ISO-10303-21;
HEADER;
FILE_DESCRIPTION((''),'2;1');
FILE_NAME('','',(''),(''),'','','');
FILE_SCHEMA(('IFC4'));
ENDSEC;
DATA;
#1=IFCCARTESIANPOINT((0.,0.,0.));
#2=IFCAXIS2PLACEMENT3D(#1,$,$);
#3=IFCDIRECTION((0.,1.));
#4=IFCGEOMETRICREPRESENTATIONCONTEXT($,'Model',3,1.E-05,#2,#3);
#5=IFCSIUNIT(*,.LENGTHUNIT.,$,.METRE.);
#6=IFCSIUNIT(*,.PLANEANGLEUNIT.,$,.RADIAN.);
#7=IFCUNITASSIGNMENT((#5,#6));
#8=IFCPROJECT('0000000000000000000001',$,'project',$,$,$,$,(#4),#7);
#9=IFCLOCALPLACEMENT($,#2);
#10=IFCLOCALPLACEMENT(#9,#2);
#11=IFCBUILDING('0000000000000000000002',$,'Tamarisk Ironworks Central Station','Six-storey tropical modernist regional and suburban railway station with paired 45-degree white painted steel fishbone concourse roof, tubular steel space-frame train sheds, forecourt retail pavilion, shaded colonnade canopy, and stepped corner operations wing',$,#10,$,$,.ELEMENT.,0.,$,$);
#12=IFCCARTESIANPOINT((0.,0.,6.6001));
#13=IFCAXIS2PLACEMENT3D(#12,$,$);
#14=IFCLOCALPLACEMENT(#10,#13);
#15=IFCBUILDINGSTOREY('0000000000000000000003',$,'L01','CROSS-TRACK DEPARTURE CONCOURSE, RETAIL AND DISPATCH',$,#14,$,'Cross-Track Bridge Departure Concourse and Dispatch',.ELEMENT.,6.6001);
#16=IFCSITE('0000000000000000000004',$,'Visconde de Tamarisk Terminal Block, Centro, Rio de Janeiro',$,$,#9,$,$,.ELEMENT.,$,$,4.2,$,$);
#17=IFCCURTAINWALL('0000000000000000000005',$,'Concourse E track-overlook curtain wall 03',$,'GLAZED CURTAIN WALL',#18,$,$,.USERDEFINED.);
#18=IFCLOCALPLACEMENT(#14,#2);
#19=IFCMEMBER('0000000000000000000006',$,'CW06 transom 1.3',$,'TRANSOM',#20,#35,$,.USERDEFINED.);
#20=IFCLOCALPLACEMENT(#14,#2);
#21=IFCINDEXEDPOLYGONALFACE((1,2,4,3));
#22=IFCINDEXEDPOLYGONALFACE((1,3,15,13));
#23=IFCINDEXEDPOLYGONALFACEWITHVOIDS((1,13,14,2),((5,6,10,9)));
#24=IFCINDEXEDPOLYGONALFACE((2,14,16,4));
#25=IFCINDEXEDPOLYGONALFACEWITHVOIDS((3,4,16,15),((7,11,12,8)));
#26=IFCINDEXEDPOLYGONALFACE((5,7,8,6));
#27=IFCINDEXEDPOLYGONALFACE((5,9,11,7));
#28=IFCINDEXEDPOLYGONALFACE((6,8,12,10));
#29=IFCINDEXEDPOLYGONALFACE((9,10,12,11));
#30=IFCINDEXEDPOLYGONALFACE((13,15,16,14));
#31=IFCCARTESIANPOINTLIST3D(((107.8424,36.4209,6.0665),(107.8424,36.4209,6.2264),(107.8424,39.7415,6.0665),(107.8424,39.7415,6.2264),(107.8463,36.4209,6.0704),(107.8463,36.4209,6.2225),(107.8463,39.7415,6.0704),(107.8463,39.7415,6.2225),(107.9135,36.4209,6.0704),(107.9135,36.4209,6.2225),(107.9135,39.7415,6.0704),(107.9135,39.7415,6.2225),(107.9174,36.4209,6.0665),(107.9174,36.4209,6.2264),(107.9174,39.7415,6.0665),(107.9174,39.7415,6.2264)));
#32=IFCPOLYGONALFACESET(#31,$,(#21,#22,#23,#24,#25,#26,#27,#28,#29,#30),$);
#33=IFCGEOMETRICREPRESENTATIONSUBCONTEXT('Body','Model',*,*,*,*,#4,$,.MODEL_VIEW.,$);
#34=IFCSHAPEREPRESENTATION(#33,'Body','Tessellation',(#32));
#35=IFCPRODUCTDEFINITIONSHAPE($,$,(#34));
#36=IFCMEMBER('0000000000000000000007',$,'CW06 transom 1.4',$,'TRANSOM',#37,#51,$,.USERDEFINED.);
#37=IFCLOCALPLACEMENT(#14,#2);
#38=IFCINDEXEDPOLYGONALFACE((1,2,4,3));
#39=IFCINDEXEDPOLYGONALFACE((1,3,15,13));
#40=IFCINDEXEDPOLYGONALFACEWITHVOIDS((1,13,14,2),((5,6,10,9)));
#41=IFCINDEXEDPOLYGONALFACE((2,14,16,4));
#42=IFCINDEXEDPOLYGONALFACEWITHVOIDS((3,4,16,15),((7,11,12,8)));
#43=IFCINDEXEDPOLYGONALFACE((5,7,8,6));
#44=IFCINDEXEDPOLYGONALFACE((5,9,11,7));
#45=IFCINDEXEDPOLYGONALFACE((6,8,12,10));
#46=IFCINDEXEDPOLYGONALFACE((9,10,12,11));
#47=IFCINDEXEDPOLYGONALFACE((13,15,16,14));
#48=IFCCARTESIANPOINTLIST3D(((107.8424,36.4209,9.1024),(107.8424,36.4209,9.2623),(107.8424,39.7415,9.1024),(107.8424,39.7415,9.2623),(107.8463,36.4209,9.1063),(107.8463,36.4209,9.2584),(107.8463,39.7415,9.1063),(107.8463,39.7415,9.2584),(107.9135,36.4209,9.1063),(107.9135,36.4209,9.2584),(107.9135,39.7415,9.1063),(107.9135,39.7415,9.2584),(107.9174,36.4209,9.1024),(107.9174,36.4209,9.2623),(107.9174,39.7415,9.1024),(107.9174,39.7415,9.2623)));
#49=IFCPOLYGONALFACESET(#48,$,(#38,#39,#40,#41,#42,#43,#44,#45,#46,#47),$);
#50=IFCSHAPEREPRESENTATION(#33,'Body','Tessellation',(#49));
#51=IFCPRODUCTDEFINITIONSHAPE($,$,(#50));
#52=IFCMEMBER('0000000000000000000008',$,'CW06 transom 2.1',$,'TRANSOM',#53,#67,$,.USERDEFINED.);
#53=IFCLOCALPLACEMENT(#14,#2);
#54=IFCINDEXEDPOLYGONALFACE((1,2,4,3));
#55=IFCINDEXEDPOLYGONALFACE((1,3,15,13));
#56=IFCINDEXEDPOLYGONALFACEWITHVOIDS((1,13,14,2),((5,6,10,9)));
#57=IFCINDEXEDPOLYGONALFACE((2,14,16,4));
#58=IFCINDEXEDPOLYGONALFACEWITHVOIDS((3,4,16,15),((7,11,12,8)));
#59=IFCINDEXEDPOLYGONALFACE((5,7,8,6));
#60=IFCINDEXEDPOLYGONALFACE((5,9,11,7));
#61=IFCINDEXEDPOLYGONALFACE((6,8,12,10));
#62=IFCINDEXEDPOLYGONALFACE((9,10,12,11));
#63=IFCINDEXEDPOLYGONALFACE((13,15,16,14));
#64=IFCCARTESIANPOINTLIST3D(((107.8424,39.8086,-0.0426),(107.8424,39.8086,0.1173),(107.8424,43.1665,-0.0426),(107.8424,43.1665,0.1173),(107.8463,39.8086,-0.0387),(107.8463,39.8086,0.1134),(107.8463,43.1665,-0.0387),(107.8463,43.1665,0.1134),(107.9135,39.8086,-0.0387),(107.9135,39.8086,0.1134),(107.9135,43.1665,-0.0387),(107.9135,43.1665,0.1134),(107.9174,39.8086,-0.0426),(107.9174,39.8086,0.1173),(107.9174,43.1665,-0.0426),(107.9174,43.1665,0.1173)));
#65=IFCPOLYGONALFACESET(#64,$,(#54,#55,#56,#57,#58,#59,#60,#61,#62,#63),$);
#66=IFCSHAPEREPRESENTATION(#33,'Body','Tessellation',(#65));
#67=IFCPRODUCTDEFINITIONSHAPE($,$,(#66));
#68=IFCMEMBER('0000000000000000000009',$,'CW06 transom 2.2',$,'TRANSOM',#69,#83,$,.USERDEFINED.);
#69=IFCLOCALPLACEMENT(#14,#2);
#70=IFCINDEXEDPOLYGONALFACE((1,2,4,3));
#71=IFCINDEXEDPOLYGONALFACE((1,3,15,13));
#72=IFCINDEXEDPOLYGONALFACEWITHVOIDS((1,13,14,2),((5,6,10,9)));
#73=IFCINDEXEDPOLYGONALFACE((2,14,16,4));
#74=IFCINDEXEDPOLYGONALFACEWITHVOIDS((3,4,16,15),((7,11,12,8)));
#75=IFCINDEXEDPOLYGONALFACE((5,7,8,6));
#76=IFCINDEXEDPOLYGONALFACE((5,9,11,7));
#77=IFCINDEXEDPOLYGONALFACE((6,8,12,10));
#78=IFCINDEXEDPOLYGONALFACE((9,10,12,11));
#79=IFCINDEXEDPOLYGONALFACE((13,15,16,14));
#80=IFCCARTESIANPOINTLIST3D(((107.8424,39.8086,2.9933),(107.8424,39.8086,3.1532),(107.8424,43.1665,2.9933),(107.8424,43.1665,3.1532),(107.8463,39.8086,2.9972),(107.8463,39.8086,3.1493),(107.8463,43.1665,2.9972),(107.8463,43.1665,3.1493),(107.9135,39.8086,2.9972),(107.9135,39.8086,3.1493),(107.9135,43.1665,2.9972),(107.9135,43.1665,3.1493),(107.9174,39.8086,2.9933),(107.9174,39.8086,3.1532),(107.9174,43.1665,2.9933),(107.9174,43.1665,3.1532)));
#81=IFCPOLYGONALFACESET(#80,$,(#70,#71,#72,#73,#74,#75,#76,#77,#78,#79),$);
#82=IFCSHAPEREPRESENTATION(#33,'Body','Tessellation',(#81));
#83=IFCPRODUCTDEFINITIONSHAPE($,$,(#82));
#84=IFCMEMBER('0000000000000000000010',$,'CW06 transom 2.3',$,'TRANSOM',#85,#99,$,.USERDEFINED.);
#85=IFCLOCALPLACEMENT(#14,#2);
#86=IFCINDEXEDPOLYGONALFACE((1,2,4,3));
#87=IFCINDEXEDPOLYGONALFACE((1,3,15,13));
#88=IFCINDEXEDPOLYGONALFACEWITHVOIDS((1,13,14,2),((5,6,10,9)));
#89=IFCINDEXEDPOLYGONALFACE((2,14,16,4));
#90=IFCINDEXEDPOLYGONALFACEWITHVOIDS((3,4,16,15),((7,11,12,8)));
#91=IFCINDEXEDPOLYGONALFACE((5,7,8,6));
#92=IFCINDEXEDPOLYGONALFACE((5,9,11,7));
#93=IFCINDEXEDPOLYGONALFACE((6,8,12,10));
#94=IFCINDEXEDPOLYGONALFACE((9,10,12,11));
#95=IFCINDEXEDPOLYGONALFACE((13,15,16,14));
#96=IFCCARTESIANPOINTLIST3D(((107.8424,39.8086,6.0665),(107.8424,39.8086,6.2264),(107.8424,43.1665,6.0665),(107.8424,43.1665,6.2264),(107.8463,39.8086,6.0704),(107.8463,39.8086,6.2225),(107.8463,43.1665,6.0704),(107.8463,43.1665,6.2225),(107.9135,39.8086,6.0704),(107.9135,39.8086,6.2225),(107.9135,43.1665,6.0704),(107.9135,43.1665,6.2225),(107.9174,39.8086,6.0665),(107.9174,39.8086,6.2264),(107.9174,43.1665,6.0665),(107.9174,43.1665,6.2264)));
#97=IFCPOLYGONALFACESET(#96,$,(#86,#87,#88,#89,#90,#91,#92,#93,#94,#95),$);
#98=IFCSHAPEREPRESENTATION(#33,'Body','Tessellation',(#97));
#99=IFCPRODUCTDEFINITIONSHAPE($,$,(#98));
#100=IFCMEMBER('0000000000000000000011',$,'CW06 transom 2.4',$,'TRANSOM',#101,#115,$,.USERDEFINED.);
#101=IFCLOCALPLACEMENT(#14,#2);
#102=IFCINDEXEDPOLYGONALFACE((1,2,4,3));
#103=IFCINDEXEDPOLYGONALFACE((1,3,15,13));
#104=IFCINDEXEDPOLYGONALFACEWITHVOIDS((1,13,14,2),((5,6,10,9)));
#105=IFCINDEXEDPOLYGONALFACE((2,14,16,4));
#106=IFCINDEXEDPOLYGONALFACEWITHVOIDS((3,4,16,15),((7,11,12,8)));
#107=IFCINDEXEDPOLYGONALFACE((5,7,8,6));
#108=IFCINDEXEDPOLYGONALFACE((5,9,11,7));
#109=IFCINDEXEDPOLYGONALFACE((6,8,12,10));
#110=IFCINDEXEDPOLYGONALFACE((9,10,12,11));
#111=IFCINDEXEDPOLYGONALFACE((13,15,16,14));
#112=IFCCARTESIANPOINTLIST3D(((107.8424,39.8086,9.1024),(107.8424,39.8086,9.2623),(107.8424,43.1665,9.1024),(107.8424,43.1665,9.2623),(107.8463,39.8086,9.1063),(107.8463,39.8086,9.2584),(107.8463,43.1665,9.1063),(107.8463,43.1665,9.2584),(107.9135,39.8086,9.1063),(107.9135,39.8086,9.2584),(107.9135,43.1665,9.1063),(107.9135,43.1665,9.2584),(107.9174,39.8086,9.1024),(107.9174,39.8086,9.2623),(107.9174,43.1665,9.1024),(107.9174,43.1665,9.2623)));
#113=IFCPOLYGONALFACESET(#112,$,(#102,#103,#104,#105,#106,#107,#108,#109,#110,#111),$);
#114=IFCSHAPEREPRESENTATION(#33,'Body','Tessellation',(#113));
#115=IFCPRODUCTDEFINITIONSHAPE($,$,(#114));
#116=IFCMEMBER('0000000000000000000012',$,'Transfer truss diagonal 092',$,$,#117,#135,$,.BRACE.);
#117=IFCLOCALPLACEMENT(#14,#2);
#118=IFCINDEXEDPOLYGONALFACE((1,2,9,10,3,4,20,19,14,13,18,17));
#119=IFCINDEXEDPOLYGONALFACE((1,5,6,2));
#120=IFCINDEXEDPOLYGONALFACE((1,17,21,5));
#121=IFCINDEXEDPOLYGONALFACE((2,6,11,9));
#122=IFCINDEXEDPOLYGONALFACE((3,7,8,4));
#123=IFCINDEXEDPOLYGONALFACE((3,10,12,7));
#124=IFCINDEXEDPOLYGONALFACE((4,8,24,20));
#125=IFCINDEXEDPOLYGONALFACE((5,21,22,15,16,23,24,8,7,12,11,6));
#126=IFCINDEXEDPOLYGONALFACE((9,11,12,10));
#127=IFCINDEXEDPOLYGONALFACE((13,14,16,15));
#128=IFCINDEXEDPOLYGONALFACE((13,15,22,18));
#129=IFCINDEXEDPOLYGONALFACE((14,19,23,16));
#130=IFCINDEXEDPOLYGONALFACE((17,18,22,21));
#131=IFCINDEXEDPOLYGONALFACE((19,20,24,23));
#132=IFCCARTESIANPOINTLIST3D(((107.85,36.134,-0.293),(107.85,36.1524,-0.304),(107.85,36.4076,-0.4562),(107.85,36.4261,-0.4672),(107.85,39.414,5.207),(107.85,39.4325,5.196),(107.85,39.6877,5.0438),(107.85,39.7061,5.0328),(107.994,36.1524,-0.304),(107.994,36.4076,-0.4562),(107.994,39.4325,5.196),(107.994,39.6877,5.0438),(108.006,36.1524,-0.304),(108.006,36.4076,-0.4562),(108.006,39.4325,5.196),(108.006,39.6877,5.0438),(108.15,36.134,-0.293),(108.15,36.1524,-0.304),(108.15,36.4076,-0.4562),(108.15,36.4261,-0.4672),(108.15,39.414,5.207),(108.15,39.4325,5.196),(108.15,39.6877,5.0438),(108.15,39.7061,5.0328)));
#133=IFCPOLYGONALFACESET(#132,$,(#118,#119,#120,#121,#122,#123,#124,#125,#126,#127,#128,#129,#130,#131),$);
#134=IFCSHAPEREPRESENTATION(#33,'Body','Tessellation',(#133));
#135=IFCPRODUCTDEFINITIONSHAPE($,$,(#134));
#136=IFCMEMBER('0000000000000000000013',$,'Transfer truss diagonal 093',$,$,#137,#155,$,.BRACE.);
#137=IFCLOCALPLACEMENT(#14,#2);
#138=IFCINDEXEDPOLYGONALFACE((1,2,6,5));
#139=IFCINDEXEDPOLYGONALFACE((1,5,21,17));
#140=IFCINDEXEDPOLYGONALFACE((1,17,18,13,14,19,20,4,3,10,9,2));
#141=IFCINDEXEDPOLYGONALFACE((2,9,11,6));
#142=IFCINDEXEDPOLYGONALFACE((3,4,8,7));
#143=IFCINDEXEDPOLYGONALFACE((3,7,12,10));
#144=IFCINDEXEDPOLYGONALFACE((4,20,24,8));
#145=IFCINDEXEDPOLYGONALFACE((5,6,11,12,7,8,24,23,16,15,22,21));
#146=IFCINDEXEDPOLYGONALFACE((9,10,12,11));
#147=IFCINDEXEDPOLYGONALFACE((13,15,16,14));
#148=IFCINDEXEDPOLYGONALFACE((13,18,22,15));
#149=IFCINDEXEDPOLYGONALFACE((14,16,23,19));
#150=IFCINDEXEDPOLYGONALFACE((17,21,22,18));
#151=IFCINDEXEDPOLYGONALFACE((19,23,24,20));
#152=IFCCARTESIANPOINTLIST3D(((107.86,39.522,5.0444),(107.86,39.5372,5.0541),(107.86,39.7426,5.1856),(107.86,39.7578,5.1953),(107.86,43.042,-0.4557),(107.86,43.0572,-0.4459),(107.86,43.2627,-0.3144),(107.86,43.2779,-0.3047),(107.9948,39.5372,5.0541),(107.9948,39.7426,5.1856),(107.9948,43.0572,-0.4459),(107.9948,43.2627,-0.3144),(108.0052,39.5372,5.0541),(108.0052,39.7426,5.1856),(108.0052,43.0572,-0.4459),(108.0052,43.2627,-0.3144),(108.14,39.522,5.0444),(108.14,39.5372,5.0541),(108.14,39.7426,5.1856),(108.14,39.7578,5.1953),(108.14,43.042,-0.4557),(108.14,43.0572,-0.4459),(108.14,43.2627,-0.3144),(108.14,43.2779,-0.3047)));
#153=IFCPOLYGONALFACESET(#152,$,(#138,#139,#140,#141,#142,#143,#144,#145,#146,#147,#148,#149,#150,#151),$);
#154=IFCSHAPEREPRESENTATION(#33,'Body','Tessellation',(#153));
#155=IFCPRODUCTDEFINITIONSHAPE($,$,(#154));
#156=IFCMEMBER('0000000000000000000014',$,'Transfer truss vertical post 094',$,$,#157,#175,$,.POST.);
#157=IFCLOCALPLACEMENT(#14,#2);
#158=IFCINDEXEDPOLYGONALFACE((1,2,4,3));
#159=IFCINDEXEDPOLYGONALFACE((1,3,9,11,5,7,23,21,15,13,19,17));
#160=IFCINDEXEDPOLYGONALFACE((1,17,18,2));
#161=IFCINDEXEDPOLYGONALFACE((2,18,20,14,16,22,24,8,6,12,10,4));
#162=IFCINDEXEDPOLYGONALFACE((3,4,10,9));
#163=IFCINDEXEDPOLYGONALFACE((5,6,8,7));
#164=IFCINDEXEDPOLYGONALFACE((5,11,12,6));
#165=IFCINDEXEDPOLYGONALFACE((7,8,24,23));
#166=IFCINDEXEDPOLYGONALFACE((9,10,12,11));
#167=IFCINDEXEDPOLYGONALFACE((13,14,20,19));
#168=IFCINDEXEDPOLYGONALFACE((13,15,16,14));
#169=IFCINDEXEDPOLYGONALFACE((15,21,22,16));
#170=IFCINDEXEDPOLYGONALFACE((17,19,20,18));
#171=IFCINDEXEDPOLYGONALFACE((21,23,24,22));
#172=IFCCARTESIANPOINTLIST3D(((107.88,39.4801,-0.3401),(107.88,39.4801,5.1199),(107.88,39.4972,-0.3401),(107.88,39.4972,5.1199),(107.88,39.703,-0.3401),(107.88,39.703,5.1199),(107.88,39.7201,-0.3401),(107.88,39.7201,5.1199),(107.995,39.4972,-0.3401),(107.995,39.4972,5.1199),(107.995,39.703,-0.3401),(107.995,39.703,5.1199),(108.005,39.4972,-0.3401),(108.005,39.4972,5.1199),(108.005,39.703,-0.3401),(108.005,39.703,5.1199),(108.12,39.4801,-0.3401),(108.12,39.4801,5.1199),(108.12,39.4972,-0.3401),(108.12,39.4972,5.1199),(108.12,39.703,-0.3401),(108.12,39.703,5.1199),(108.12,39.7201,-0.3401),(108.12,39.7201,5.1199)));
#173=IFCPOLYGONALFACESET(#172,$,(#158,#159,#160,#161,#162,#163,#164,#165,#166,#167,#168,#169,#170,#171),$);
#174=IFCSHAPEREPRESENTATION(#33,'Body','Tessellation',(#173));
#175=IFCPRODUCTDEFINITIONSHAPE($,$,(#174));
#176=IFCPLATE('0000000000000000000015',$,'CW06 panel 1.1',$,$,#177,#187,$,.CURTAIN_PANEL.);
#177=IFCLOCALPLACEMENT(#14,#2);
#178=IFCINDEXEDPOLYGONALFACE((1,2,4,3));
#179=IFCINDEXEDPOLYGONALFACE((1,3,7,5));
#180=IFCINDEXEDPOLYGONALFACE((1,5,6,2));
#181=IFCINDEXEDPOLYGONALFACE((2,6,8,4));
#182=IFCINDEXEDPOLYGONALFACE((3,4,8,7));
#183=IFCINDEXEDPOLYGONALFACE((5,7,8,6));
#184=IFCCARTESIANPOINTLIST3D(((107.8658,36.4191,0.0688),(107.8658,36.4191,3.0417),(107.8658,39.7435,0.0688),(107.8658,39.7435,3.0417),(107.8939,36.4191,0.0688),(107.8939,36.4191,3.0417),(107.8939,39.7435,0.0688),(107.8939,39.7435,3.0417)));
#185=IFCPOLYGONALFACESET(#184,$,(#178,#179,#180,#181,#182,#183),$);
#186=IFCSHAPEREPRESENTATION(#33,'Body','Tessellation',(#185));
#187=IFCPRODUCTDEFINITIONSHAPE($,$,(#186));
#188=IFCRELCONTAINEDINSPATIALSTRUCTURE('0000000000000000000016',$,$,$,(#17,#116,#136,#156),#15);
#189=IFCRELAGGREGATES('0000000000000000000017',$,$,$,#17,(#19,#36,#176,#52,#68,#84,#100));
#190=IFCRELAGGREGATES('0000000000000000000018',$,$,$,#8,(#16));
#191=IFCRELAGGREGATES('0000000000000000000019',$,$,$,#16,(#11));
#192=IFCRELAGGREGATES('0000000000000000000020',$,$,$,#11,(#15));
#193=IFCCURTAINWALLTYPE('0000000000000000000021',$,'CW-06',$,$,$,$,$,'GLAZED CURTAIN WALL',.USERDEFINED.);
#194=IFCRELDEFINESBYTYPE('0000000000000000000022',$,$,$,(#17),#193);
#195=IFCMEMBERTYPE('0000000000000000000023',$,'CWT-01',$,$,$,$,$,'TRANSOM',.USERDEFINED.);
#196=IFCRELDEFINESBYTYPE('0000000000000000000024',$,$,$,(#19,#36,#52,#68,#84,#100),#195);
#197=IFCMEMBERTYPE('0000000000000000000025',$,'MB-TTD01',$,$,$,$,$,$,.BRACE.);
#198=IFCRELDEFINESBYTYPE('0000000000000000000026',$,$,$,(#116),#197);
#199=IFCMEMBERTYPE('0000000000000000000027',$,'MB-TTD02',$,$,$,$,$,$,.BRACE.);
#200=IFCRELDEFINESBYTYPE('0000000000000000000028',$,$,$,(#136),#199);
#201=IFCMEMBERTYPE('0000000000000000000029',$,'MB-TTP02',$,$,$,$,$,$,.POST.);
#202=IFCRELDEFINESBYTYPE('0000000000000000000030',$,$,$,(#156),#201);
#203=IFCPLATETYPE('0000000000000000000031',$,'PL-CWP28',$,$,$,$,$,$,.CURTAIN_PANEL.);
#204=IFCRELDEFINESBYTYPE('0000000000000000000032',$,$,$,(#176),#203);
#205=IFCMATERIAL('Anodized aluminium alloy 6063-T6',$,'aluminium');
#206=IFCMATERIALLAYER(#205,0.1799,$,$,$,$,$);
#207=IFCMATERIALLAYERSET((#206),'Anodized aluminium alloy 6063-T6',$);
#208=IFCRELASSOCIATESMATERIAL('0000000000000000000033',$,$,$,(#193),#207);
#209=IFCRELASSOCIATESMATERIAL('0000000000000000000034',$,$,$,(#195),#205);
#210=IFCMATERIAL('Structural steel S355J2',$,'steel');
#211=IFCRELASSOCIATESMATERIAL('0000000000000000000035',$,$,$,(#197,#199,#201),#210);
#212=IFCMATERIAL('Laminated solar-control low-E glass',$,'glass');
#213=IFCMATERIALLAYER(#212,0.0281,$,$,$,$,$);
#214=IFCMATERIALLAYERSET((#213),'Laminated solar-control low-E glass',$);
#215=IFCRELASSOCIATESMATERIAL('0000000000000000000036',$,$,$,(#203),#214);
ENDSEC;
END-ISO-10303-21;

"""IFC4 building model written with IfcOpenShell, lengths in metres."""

from ifc_helpers import new_model, si_unit, direction, frame, origin, origin_2d, place, context, subcontext, project, spatial, rectangle, hollow_rectangle, i_section, extrude, material, layer, layer_set, material_profile, profile_set, type_object, element, aggregate, save


model = new_model("IFC4")

# Units and contexts
model_context = context("Model", 3, precision=1e-05, world=origin(), true_north=direction((0.0, 1.0)))
body_context = subcontext(model_context, "Body", "Model", "MODEL_VIEW")
ifc_project = project(units=[si_unit("LENGTHUNIT", "METRE"), si_unit("PLANEANGLEUNIT", "RADIAN")], contexts=[model_context])

# Site, building, storey
site_placement = place(None, origin())
site = spatial("IfcSite", under=ifc_project, at=site_placement, Name="Visconde de Tamarisk Terminal Block, Centro, Rio de Janeiro", CompositionType="ELEMENT", RefElevation=4.2)
building_placement = place(site_placement, origin())
building = spatial("IfcBuilding", under=site, at=building_placement, Name="Tamarisk Ironworks Central Station", Description="Six-storey tropical modernist regional and suburban railway station with paired 45-degree white painted steel fishbone concourse roof, tubular steel space-frame train sheds, forecourt retail pavilion, shaded colonnade canopy, and stepped corner operations wing", CompositionType="ELEMENT", ElevationOfRefHeight=0.0)
storey_placement = place(building_placement, frame((0.0, 0.0, 6.6001)))
storey = spatial("IfcBuildingStorey", under=building, at=storey_placement, Name="L01", Description="CROSS-TRACK DEPARTURE CONCOURSE, RETAIL AND DISPATCH", LongName="Cross-Track Bridge Departure Concourse and Dispatch", CompositionType="ELEMENT", Elevation=6.6001)

# Shared definitions
ifc_material_1 = material(Name="Structural steel S355J2", Category="steel")

# Curtain wall, members
ifc_material_2 = material(Name="Anodized aluminium alloy 6063-T6", Category="aluminium")
ifc_layer_1 = layer(ifc_material_2, 0.1799)
ifc_layer_set_1 = layer_set([ifc_layer_1], Name="Anodized aluminium alloy 6063-T6")
curtain_wall_type = type_object("IfcCurtainWallType", Name="CW-06", ElementType="GLAZED CURTAIN WALL", PredefinedType="USERDEFINED", material=ifc_layer_set_1)
curtain_wall_placement = place(storey_placement, origin())
curtain_wall = element("IfcCurtainWall", 1, at=curtain_wall_placement, inside=storey, type_object=curtain_wall_type, Name="Concourse E track-overlook curtain wall 03", ObjectType="GLAZED CURTAIN WALL", PredefinedType="USERDEFINED")
ifc_material_profile_1 = material_profile(ifc_material_2, hollow_rectangle(XDim=0.075, YDim=0.1599, WallThickness=0.0039, at=origin_2d()), Name="ALUM 160x75")
ifc_profile_set_1 = profile_set([ifc_material_profile_1], Name="Anodized aluminium alloy 6063-T6")
member_type_1 = type_object("IfcMemberType", Name="CWT-01", ElementType="TRANSOM", PredefinedType="USERDEFINED", material=ifc_profile_set_1)
member_1_placement = place(storey_placement, frame((107.8799, 36.4209, 6.1465), z_axis=(0.0, 1.0, 0.0), x_axis=(-1.0, 0.0, 0.0)))
member_1 = element("IfcMember", 2, at=member_1_placement, type_object=member_type_1, Name="CW06 transom 1.3", ObjectType="TRANSOM", PredefinedType="USERDEFINED", context=body_context, shape_type="SweptSolid", body=[
    extrude(hollow_rectangle(XDim=0.075, YDim=0.1599, WallThickness=0.0039, at=origin_2d()), origin(), (0.0, 0.0, 1.0), 3.3206),
])
member_2_placement = place(storey_placement, frame((107.8799, 36.4209, 9.1824), z_axis=(0.0, 1.0, 0.0), x_axis=(-1.0, 0.0, 0.0)))
member_2 = element("IfcMember", 3, at=member_2_placement, type_object=member_type_1, Name="CW06 transom 1.4", ObjectType="TRANSOM", PredefinedType="USERDEFINED", context=body_context, shape_type="SweptSolid", body=[
    extrude(hollow_rectangle(XDim=0.075, YDim=0.1599, WallThickness=0.0039, at=origin_2d()), origin(), (0.0, 0.0, 1.0), 3.3206),
])
member_3_placement = place(storey_placement, frame((107.8799, 39.8086, 0.0374), z_axis=(0.0, 1.0, 0.0), x_axis=(-1.0, 0.0, 0.0)))
member_3 = element("IfcMember", 4, at=member_3_placement, type_object=member_type_1, Name="CW06 transom 2.1", ObjectType="TRANSOM", PredefinedType="USERDEFINED", context=body_context, shape_type="SweptSolid", body=[
    extrude(hollow_rectangle(XDim=0.075, YDim=0.1599, WallThickness=0.0039, at=origin_2d()), origin(), (0.0, 0.0, 1.0), 3.3579),
])
member_4_placement = place(storey_placement, frame((107.8799, 39.8086, 3.0732), z_axis=(0.0, 1.0, 0.0), x_axis=(-1.0, 0.0, 0.0)))
member_4 = element("IfcMember", 5, at=member_4_placement, type_object=member_type_1, Name="CW06 transom 2.2", ObjectType="TRANSOM", PredefinedType="USERDEFINED", context=body_context, shape_type="SweptSolid", body=[
    extrude(hollow_rectangle(XDim=0.075, YDim=0.1599, WallThickness=0.0039, at=origin_2d()), origin(), (0.0, 0.0, 1.0), 3.3579),
])
member_5_placement = place(storey_placement, frame((107.8799, 39.8086, 6.1465), z_axis=(0.0, 1.0, 0.0), x_axis=(-1.0, 0.0, 0.0)))
member_5 = element("IfcMember", 6, at=member_5_placement, type_object=member_type_1, Name="CW06 transom 2.3", ObjectType="TRANSOM", PredefinedType="USERDEFINED", context=body_context, shape_type="SweptSolid", body=[
    extrude(hollow_rectangle(XDim=0.075, YDim=0.1599, WallThickness=0.0039, at=origin_2d()), origin(), (0.0, 0.0, 1.0), 3.3579),
])
member_6_placement = place(storey_placement, frame((107.8799, 39.8086, 9.1824), z_axis=(0.0, 1.0, 0.0), x_axis=(-1.0, 0.0, 0.0)))
member_6 = element("IfcMember", 7, at=member_6_placement, type_object=member_type_1, Name="CW06 transom 2.4", ObjectType="TRANSOM", PredefinedType="USERDEFINED", context=body_context, shape_type="SweptSolid", body=[
    extrude(hollow_rectangle(XDim=0.075, YDim=0.1599, WallThickness=0.0039, at=origin_2d()), origin(), (0.0, 0.0, 1.0), 3.3579),
])

# Members
ifc_material_profile_2 = material_profile(ifc_material_1, i_section(OverallWidth=0.3, OverallDepth=0.3401, WebThickness=0.012, FlangeThickness=0.0215, at=origin_2d()), Name="HEB 340")
ifc_profile_set_2 = profile_set([ifc_material_profile_2], Name="Structural steel S355J2")
member_type_2 = type_object("IfcMemberType", Name="MB-TTD01", PredefinedType="BRACE", material=ifc_profile_set_2)
member_7_placement = place(storey_placement, frame((108.0, 36.28, -0.3801), z_axis=(0.0, 0.512201, 0.858866), x_axis=(-1.0, 0.0, 0.0)))
element("IfcMember", 8, at=member_7_placement, inside=storey, type_object=member_type_2, Name="Transfer truss diagonal 092", PredefinedType="BRACE", context=body_context, shape_type="SweptSolid", body=[
    extrude(i_section(OverallWidth=0.3, OverallDepth=0.3401, WebThickness=0.012, FlangeThickness=0.0215, at=origin_2d()), origin(), (0.0, 0.0, 1.0), 6.4038),
])
ifc_material_profile_3 = material_profile(ifc_material_1, i_section(OverallWidth=0.28, OverallDepth=0.28, WebThickness=0.0105, FlangeThickness=0.0181, at=origin_2d()), Name="HEB 280")
ifc_profile_set_3 = profile_set([ifc_material_profile_3], Name="Structural steel S355J2")
member_type_3 = type_object("IfcMemberType", Name="MB-TTD02", PredefinedType="BRACE", material=ifc_profile_set_3)
member_8_placement = place(storey_placement, frame((108.0, 39.6399, 5.1199), z_axis=(0.0, 0.539056, -0.84227), x_axis=(-1.0, 0.0, 0.0)))
element("IfcMember", 9, at=member_8_placement, inside=storey, type_object=member_type_3, Name="Transfer truss diagonal 093", PredefinedType="BRACE", context=body_context, shape_type="SweptSolid", body=[
    extrude(i_section(OverallWidth=0.28, OverallDepth=0.28, WebThickness=0.0105, FlangeThickness=0.0181, at=origin_2d()), origin(), (0.0, 0.0, 1.0), 6.53),
])
ifc_material_profile_4 = material_profile(ifc_material_1, i_section(OverallWidth=0.24, OverallDepth=0.24, WebThickness=0.01, FlangeThickness=0.0171, at=origin_2d()), Name="HEB 240")
ifc_profile_set_4 = profile_set([ifc_material_profile_4], Name="Structural steel S355J2")
member_type_4 = type_object("IfcMemberType", Name="MB-TTP02", PredefinedType="POST", material=ifc_profile_set_4)
member_9_placement = place(storey_placement, frame((108.0, 39.6001, -0.3401), z_axis=(0.0, 0.0, 1.0), x_axis=(1.0, 0.0, 0.0)))
element("IfcMember", 10, at=member_9_placement, inside=storey, type_object=member_type_4, Name="Transfer truss vertical post 094", PredefinedType="POST", context=body_context, shape_type="SweptSolid", body=[
    extrude(i_section(OverallWidth=0.24, OverallDepth=0.24, WebThickness=0.01, FlangeThickness=0.0171, at=origin_2d()), origin(), (0.0, 0.0, 1.0), 5.46),
])

# Plate
ifc_material_3 = material(Name="Laminated solar-control low-E glass", Category="glass")
ifc_layer_2 = layer(ifc_material_3, 0.0281)
ifc_layer_set_2 = layer_set([ifc_layer_2], Name="Laminated solar-control low-E glass")
plate_type_1 = type_object("IfcPlateType", Name="PL-CWP28", PredefinedType="CURTAIN_PANEL", material=ifc_layer_set_2)
plate_1_placement = place(storey_placement, frame((107.8799, 38.0813, 0.0688), z_axis=(0.0, 0.0, 1.0), x_axis=(0.0, 1.0, 0.0)))
plate_1 = element("IfcPlate", 11, at=plate_1_placement, type_object=plate_type_1, Name="CW06 panel 1.1", PredefinedType="CURTAIN_PANEL", context=body_context, shape_type="SweptSolid", body=[
    extrude(rectangle(XDim=3.3245, YDim=0.0281, at=origin_2d()), origin(), (0.0, 0.0, 1.0), 2.9729),
])
aggregate(curtain_wall, [member_1, member_2, plate_1, member_3, member_4, member_5, member_6])

save(model, "model.ifc")
